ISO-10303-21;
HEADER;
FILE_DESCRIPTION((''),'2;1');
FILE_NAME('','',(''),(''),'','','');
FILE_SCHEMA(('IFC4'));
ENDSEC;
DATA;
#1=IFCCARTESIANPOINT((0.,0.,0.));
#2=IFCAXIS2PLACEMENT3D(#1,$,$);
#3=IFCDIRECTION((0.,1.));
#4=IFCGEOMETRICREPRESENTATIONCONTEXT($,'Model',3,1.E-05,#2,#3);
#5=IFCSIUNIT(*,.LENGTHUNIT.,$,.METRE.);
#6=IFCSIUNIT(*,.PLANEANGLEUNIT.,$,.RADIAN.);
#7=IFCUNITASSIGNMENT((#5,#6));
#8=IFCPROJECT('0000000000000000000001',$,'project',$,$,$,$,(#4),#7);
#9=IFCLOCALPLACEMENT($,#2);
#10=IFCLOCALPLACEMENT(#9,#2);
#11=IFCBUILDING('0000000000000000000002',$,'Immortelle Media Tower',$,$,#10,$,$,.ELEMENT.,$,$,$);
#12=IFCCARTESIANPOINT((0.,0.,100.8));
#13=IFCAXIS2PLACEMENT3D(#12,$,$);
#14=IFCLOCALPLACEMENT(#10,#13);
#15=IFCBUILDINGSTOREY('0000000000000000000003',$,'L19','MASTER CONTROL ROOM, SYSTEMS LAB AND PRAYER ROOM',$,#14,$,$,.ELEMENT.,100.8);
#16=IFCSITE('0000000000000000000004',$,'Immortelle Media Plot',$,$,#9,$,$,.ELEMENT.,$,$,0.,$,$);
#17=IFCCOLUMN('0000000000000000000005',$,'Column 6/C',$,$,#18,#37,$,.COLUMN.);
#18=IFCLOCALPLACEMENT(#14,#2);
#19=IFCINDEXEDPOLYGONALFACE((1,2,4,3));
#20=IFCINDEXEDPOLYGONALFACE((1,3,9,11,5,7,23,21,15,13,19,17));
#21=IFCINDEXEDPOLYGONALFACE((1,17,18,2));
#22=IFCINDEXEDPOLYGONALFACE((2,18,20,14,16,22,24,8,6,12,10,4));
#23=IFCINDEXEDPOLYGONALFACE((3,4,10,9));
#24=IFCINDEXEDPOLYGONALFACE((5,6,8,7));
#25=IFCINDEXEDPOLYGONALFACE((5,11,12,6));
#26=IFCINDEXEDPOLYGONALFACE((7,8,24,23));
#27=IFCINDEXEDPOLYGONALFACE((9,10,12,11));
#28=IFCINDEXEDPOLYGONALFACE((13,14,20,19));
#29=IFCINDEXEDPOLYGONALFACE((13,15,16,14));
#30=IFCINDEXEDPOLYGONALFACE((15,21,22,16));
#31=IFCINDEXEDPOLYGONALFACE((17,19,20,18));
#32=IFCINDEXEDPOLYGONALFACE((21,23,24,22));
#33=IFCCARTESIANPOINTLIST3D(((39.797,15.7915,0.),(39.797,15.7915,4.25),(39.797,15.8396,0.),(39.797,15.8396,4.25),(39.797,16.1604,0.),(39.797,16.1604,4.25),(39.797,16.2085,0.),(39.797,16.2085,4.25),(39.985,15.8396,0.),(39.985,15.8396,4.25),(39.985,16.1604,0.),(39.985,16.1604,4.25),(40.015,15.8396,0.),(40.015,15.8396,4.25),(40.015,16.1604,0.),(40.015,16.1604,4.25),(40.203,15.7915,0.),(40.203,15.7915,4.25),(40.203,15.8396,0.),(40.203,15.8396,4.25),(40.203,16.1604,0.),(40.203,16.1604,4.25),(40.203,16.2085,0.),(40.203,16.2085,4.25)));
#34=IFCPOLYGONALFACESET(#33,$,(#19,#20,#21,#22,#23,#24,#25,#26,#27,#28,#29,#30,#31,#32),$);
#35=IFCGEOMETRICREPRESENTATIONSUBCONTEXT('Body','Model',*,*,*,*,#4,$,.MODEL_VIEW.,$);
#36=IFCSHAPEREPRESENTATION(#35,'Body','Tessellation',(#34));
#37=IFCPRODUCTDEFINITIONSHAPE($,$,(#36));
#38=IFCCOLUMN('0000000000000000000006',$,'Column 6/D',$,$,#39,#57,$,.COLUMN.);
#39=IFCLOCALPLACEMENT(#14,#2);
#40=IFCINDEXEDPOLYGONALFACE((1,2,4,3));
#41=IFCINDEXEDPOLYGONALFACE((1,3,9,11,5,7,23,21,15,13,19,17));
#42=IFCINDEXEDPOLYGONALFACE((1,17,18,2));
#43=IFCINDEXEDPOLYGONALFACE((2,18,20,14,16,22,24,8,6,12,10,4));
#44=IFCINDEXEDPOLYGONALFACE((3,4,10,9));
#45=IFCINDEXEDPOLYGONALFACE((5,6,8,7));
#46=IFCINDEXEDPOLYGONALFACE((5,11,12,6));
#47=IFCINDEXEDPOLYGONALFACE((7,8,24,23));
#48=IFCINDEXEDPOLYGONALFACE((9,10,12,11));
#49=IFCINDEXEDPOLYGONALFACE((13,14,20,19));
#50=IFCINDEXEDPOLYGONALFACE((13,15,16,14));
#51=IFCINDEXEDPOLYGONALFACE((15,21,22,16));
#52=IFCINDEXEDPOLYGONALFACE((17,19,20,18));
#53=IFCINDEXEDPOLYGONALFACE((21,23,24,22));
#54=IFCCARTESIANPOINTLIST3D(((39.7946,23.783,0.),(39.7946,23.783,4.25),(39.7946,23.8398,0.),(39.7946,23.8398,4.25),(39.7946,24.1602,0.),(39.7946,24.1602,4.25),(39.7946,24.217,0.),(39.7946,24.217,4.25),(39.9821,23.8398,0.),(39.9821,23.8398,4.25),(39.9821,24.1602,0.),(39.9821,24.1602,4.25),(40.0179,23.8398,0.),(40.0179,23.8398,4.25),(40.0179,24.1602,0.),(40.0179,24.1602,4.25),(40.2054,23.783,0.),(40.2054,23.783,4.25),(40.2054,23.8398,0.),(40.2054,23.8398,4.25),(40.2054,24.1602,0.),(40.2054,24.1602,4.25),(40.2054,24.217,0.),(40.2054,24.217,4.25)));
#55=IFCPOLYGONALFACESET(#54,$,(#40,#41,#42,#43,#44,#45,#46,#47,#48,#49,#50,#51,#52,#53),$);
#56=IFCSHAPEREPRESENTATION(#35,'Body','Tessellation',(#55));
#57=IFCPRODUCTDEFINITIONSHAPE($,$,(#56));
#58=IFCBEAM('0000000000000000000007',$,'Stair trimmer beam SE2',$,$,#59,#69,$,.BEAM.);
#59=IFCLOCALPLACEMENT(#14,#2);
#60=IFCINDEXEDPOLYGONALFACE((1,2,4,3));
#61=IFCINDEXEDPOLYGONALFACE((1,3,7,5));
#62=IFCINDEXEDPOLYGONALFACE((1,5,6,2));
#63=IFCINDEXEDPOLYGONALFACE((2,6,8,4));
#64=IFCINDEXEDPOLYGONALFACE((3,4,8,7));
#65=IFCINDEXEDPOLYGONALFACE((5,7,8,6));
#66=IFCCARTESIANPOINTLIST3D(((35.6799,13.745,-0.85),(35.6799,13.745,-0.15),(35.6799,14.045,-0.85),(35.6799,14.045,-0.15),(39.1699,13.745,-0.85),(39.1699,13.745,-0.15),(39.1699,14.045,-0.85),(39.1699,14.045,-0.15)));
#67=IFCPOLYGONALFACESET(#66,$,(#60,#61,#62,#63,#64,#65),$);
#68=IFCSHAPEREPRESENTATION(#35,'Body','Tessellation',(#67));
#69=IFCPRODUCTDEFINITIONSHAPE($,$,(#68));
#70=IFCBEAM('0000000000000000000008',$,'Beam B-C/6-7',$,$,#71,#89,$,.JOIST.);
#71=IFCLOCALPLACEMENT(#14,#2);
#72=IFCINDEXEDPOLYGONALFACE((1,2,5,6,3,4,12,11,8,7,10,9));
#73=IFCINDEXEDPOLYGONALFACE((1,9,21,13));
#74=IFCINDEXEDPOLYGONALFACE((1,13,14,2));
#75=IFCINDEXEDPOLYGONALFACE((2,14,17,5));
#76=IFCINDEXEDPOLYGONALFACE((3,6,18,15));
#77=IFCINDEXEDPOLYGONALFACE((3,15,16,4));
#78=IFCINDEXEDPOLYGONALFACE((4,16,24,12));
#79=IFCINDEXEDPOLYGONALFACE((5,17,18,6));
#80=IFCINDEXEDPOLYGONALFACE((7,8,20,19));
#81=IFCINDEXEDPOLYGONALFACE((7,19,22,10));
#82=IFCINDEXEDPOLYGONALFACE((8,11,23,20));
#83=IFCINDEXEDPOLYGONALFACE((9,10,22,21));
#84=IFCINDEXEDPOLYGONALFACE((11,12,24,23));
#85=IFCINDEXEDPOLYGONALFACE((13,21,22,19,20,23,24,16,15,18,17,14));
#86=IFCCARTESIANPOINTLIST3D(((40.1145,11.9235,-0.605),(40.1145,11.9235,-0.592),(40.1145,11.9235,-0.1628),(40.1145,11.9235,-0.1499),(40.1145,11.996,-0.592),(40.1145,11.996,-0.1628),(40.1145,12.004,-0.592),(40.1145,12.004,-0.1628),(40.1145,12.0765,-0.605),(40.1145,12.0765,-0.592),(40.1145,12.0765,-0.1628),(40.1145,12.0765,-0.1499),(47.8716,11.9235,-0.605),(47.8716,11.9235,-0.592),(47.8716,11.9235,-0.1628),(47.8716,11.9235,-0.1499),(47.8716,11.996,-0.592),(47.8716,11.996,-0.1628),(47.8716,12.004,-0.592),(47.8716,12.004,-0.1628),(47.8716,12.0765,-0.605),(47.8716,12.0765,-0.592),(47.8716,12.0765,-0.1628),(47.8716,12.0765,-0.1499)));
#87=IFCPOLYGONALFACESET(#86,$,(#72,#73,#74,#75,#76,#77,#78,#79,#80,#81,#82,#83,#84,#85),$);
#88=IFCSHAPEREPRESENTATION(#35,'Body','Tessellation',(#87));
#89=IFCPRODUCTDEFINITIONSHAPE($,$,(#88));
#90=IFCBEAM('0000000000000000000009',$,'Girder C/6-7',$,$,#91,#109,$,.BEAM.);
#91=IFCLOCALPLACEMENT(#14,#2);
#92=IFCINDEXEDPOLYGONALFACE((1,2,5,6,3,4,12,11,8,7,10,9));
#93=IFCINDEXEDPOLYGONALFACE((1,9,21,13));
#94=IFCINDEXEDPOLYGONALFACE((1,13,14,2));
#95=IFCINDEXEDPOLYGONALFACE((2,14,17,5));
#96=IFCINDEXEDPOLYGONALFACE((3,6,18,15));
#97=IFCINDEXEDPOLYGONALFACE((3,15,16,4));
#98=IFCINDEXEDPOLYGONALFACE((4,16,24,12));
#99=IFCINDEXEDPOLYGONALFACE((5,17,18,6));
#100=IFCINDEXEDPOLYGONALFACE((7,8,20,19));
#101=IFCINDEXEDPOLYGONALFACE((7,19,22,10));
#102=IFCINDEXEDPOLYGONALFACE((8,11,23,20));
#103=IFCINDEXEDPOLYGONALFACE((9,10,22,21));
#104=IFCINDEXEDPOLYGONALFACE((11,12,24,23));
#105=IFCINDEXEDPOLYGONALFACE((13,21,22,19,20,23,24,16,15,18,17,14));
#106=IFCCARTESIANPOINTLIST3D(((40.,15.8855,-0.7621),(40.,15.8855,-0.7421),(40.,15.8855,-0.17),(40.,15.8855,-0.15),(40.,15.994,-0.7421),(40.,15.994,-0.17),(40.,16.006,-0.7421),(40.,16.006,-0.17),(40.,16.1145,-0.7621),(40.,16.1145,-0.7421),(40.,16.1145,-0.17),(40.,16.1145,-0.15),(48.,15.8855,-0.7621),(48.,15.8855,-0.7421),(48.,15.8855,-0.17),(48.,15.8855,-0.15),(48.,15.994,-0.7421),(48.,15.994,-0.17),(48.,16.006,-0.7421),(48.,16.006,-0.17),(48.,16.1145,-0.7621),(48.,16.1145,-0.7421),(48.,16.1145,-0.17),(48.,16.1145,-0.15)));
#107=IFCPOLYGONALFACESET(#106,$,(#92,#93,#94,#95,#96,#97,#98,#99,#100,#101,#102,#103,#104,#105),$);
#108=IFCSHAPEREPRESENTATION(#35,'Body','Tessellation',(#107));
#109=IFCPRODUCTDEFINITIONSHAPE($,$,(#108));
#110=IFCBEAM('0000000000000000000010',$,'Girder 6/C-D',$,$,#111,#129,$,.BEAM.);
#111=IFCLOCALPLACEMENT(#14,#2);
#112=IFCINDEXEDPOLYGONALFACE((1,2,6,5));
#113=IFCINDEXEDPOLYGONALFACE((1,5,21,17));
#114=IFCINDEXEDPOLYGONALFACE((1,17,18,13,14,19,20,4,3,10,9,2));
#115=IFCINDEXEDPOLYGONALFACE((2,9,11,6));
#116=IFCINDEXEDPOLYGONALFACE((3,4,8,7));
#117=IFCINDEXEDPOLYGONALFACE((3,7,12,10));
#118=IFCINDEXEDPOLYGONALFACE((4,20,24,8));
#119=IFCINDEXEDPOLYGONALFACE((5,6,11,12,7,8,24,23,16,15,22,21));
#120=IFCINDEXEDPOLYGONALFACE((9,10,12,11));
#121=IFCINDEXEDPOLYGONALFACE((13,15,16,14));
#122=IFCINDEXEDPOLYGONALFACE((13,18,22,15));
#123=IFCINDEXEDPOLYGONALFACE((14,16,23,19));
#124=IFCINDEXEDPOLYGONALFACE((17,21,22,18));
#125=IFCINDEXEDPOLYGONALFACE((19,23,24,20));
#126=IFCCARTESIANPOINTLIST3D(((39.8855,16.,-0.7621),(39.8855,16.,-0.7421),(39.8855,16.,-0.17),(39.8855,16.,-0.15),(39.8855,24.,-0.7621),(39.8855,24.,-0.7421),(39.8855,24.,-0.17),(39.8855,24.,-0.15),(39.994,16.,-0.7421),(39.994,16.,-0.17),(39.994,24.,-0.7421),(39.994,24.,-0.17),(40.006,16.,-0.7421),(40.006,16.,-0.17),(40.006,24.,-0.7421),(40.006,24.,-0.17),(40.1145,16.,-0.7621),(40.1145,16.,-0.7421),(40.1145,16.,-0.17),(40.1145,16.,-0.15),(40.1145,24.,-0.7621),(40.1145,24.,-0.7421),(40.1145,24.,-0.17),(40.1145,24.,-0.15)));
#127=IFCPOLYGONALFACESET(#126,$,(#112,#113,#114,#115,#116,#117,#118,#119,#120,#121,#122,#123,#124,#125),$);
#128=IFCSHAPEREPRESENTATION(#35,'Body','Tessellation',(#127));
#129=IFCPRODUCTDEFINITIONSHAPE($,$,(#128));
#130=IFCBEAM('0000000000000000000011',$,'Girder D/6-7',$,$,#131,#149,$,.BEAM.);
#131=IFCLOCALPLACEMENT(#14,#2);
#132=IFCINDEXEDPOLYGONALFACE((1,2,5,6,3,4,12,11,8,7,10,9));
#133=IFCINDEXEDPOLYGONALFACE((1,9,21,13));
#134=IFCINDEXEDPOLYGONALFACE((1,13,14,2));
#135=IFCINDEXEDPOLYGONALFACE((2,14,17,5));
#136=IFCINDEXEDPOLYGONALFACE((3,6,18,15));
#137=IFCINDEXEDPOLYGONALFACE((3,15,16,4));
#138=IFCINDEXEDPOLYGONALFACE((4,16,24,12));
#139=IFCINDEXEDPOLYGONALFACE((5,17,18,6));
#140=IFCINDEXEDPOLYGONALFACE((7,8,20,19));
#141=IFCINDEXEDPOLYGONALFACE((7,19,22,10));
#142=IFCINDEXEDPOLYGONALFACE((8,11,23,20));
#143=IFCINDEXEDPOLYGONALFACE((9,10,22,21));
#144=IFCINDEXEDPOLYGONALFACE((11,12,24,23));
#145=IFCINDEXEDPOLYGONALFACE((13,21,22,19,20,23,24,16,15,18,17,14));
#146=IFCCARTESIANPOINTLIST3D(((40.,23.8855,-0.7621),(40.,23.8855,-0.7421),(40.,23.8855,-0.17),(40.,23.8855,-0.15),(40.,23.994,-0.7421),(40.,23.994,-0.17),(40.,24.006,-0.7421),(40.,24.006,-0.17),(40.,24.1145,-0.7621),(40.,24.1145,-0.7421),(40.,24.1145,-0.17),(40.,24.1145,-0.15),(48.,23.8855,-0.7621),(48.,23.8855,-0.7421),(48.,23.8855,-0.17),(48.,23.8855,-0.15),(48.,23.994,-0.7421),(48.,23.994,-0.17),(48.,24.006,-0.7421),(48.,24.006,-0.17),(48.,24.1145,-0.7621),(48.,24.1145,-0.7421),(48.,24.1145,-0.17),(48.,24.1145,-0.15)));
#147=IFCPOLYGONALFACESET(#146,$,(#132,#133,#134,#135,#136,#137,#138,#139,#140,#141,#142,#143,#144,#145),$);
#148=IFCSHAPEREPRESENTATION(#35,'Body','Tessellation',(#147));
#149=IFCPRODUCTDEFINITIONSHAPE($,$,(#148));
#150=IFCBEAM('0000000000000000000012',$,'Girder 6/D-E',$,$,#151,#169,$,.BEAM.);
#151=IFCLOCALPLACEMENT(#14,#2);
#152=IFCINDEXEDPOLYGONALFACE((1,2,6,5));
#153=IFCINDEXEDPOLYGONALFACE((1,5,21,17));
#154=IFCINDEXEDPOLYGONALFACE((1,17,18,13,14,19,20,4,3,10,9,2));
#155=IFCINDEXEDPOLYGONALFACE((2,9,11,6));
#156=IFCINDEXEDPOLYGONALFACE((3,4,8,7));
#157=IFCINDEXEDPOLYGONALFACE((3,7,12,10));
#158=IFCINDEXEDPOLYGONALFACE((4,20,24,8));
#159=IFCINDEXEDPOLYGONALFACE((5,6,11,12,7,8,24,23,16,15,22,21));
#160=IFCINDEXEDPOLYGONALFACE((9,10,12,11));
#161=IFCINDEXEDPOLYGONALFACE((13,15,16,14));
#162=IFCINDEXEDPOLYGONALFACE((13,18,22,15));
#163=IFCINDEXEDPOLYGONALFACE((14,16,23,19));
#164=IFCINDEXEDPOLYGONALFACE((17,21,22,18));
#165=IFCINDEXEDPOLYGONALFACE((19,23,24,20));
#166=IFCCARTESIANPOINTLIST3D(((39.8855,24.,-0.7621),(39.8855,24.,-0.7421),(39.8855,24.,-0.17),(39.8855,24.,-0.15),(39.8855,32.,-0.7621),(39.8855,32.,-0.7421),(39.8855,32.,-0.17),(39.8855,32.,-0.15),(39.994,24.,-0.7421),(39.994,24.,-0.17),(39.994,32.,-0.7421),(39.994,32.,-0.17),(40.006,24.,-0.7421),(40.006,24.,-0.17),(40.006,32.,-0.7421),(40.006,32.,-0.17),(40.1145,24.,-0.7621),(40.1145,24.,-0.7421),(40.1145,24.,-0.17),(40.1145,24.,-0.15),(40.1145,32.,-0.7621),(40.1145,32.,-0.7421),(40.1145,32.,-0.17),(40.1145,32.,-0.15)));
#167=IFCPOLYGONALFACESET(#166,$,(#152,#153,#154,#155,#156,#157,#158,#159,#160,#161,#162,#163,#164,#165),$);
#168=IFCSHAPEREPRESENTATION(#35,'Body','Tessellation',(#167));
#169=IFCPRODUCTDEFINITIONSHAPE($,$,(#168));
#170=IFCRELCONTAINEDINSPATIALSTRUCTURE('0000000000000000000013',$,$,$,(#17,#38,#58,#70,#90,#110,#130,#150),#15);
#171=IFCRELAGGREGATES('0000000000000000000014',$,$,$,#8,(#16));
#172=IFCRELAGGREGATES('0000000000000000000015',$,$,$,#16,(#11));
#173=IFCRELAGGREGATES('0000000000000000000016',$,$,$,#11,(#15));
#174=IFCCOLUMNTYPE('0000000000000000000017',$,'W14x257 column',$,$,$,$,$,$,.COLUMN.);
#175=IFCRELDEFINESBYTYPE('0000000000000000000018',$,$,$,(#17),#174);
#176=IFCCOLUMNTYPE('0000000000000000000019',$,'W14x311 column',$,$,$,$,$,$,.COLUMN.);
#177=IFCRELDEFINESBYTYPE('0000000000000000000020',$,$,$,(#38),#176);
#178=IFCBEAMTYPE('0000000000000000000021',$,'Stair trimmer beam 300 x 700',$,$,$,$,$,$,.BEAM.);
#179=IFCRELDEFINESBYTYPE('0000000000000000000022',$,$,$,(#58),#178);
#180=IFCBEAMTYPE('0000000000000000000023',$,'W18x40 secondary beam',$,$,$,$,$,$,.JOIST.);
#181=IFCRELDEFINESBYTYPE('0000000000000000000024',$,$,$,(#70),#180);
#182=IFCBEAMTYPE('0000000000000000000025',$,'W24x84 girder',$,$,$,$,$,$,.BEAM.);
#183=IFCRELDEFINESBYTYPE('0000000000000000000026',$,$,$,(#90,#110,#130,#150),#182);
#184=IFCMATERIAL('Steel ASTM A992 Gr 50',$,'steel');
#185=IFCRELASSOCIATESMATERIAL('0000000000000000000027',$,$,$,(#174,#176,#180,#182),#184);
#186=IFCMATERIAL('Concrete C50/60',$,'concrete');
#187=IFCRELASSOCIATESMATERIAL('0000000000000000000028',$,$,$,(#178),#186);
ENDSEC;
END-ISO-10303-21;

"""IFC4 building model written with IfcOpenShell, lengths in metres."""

from ifc_helpers import new_model, si_unit, direction, frame, origin, origin_2d, place, context, subcontext, project, spatial, rectangle, i_section, extrude, material, material_profile, profile_set, type_object, element, save


model = new_model("IFC4")

# Units and contexts
model_context = context("Model", 3, precision=1e-05, world=origin(), true_north=direction((0.0, 1.0)))
body_context = subcontext(model_context, "Body", "Model", "MODEL_VIEW")
ifc_project = project(units=[si_unit("LENGTHUNIT", "METRE"), si_unit("PLANEANGLEUNIT", "RADIAN")], contexts=[model_context])

# Site, building, storey
site_placement = place(None, origin())
site = spatial("IfcSite", under=ifc_project, at=site_placement, Name="Immortelle Media Plot", CompositionType="ELEMENT", RefElevation=0.0)
building_placement = place(site_placement, origin())
building = spatial("IfcBuilding", under=site, at=building_placement, Name="Immortelle Media Tower", CompositionType="ELEMENT")
storey_placement = place(building_placement, frame((0.0, 0.0, 100.8)))
storey = spatial("IfcBuildingStorey", under=building, at=storey_placement, Name="L19", Description="MASTER CONTROL ROOM, SYSTEMS LAB AND PRAYER ROOM", CompositionType="ELEMENT", Elevation=100.8)

# Columns
ifc_material_1 = material(Name="Steel ASTM A992 Gr 50", Category="steel")
ifc_material_profile_1 = material_profile(ifc_material_1, i_section(OverallWidth=0.406, OverallDepth=0.417, WebThickness=0.03, FlangeThickness=0.0481, at=origin_2d()), Name="W14x257")
ifc_profile_set_1 = profile_set([ifc_material_profile_1], Name="Steel ASTM A992 Gr 50")
column_type_1 = type_object("IfcColumnType", Name="W14x257 column", PredefinedType="COLUMN", material=ifc_profile_set_1)
column_1_placement = place(storey_placement, frame((40.0, 16.0, 0.0), z_axis=(0.0, 0.0, 1.0), x_axis=(1.0, 0.0, 0.0)))
element("IfcColumn", 1, at=column_1_placement, inside=storey, type_object=column_type_1, Name="Column 6/C", PredefinedType="COLUMN", context=body_context, shape_type="SweptSolid", body=[
    extrude(i_section(OverallWidth=0.406, OverallDepth=0.417, WebThickness=0.03, FlangeThickness=0.0481, at=origin_2d()), origin(), (0.0, 0.0, 1.0), 4.25),
])
ifc_material_profile_2 = material_profile(ifc_material_1, i_section(OverallWidth=0.4109, OverallDepth=0.4341, WebThickness=0.0359, FlangeThickness=0.0569, at=origin_2d()), Name="W14x311")
ifc_profile_set_2 = profile_set([ifc_material_profile_2], Name="Steel ASTM A992 Gr 50")
column_type_2 = type_object("IfcColumnType", Name="W14x311 column", PredefinedType="COLUMN", material=ifc_profile_set_2)
column_2_placement = place(storey_placement, frame((40.0, 24.0, 0.0), z_axis=(0.0, 0.0, 1.0), x_axis=(1.0, 0.0, 0.0)))
element("IfcColumn", 2, at=column_2_placement, inside=storey, type_object=column_type_2, Name="Column 6/D", PredefinedType="COLUMN", context=body_context, shape_type="SweptSolid", body=[
    extrude(i_section(OverallWidth=0.4109, OverallDepth=0.4341, WebThickness=0.0359, FlangeThickness=0.0569, at=origin_2d()), origin(), (0.0, 0.0, 1.0), 4.25),
])

# Beams
ifc_material_2 = material(Name="Concrete C50/60", Category="concrete")
ifc_material_profile_3 = material_profile(ifc_material_2, rectangle(XDim=0.3, YDim=0.7, at=origin_2d()), Name="RC 300x700")
ifc_profile_set_3 = profile_set([ifc_material_profile_3], Name="Concrete C50/60")
beam_type_1 = type_object("IfcBeamType", Name="Stair trimmer beam 300 x 700", PredefinedType="BEAM", material=ifc_profile_set_3)
beam_1_placement = place(storey_placement, frame((35.6799, 13.895, -0.5), z_axis=(1.0, 0.0, 0.0), x_axis=(0.0, 1.0, 0.0)))
element("IfcBeam", 3, at=beam_1_placement, inside=storey, type_object=beam_type_1, Name="Stair trimmer beam SE2", PredefinedType="BEAM", context=body_context, shape_type="SweptSolid", body=[
    extrude(rectangle(XDim=0.3, YDim=0.7, at=origin_2d()), origin(), (0.0, 0.0, 1.0), 3.49),
])
ifc_material_profile_4 = material_profile(ifc_material_1, i_section(OverallWidth=0.1531, OverallDepth=0.4551, WebThickness=0.0081, FlangeThickness=0.0129, at=origin_2d()), Name="W18x40")
ifc_profile_set_4 = profile_set([ifc_material_profile_4], Name="Steel ASTM A992 Gr 50")
beam_type_2 = type_object("IfcBeamType", Name="W18x40 secondary beam", PredefinedType="JOIST", material=ifc_profile_set_4)
beam_2_placement = place(storey_placement, frame((40.1145, 12.0, -0.3774), z_axis=(1.0, 0.0, 0.0), x_axis=(0.0, 1.0, 0.0)))
element("IfcBeam", 4, at=beam_2_placement, inside=storey, type_object=beam_type_2, Name="Beam B-C/6-7", PredefinedType="JOIST", context=body_context, shape_type="SweptSolid", body=[
    extrude(i_section(OverallWidth=0.1531, OverallDepth=0.4551, WebThickness=0.0081, FlangeThickness=0.0129, at=origin_2d()), origin(), (0.0, 0.0, 1.0), 7.7571),
])
ifc_material_profile_5 = material_profile(ifc_material_1, i_section(OverallWidth=0.229, OverallDepth=0.6121, WebThickness=0.012, FlangeThickness=0.02, at=origin_2d()), Name="W24x84")
ifc_profile_set_5 = profile_set([ifc_material_profile_5], Name="Steel ASTM A992 Gr 50")
beam_type_3 = type_object("IfcBeamType", Name="W24x84 girder", PredefinedType="BEAM", material=ifc_profile_set_5)
for number, where, z_axis, x_axis, name in (
    (5, (40.0, 16.0, -0.4561), (1.0, 0.0, 0.0), (0.0, 1.0, 0.0), "Girder C/6-7"),
    (6, (40.0, 16.0, -0.4561), (0.0, 1.0, 0.0), (-1.0, 0.0, 0.0), "Girder 6/C-D"),
    (7, (40.0, 24.0, -0.4561), (1.0, 0.0, 0.0), (0.0, 1.0, 0.0), "Girder D/6-7"),
    (8, (40.0, 24.0, -0.4561), (0.0, 1.0, 0.0), (-1.0, 0.0, 0.0), "Girder 6/D-E"),
):
    element("IfcBeam", number, at=place(storey_placement, frame(where, z_axis=z_axis, x_axis=x_axis)), inside=storey, type_object=beam_type_3, Name=name, PredefinedType="BEAM", context=body_context, shape_type="SweptSolid", body=[
        extrude(i_section(OverallWidth=0.229, OverallDepth=0.6121, WebThickness=0.012, FlangeThickness=0.02, at=origin_2d()), origin(), (0.0, 0.0, 1.0), 8.0),
    ])

save(model, "model.ifc")
